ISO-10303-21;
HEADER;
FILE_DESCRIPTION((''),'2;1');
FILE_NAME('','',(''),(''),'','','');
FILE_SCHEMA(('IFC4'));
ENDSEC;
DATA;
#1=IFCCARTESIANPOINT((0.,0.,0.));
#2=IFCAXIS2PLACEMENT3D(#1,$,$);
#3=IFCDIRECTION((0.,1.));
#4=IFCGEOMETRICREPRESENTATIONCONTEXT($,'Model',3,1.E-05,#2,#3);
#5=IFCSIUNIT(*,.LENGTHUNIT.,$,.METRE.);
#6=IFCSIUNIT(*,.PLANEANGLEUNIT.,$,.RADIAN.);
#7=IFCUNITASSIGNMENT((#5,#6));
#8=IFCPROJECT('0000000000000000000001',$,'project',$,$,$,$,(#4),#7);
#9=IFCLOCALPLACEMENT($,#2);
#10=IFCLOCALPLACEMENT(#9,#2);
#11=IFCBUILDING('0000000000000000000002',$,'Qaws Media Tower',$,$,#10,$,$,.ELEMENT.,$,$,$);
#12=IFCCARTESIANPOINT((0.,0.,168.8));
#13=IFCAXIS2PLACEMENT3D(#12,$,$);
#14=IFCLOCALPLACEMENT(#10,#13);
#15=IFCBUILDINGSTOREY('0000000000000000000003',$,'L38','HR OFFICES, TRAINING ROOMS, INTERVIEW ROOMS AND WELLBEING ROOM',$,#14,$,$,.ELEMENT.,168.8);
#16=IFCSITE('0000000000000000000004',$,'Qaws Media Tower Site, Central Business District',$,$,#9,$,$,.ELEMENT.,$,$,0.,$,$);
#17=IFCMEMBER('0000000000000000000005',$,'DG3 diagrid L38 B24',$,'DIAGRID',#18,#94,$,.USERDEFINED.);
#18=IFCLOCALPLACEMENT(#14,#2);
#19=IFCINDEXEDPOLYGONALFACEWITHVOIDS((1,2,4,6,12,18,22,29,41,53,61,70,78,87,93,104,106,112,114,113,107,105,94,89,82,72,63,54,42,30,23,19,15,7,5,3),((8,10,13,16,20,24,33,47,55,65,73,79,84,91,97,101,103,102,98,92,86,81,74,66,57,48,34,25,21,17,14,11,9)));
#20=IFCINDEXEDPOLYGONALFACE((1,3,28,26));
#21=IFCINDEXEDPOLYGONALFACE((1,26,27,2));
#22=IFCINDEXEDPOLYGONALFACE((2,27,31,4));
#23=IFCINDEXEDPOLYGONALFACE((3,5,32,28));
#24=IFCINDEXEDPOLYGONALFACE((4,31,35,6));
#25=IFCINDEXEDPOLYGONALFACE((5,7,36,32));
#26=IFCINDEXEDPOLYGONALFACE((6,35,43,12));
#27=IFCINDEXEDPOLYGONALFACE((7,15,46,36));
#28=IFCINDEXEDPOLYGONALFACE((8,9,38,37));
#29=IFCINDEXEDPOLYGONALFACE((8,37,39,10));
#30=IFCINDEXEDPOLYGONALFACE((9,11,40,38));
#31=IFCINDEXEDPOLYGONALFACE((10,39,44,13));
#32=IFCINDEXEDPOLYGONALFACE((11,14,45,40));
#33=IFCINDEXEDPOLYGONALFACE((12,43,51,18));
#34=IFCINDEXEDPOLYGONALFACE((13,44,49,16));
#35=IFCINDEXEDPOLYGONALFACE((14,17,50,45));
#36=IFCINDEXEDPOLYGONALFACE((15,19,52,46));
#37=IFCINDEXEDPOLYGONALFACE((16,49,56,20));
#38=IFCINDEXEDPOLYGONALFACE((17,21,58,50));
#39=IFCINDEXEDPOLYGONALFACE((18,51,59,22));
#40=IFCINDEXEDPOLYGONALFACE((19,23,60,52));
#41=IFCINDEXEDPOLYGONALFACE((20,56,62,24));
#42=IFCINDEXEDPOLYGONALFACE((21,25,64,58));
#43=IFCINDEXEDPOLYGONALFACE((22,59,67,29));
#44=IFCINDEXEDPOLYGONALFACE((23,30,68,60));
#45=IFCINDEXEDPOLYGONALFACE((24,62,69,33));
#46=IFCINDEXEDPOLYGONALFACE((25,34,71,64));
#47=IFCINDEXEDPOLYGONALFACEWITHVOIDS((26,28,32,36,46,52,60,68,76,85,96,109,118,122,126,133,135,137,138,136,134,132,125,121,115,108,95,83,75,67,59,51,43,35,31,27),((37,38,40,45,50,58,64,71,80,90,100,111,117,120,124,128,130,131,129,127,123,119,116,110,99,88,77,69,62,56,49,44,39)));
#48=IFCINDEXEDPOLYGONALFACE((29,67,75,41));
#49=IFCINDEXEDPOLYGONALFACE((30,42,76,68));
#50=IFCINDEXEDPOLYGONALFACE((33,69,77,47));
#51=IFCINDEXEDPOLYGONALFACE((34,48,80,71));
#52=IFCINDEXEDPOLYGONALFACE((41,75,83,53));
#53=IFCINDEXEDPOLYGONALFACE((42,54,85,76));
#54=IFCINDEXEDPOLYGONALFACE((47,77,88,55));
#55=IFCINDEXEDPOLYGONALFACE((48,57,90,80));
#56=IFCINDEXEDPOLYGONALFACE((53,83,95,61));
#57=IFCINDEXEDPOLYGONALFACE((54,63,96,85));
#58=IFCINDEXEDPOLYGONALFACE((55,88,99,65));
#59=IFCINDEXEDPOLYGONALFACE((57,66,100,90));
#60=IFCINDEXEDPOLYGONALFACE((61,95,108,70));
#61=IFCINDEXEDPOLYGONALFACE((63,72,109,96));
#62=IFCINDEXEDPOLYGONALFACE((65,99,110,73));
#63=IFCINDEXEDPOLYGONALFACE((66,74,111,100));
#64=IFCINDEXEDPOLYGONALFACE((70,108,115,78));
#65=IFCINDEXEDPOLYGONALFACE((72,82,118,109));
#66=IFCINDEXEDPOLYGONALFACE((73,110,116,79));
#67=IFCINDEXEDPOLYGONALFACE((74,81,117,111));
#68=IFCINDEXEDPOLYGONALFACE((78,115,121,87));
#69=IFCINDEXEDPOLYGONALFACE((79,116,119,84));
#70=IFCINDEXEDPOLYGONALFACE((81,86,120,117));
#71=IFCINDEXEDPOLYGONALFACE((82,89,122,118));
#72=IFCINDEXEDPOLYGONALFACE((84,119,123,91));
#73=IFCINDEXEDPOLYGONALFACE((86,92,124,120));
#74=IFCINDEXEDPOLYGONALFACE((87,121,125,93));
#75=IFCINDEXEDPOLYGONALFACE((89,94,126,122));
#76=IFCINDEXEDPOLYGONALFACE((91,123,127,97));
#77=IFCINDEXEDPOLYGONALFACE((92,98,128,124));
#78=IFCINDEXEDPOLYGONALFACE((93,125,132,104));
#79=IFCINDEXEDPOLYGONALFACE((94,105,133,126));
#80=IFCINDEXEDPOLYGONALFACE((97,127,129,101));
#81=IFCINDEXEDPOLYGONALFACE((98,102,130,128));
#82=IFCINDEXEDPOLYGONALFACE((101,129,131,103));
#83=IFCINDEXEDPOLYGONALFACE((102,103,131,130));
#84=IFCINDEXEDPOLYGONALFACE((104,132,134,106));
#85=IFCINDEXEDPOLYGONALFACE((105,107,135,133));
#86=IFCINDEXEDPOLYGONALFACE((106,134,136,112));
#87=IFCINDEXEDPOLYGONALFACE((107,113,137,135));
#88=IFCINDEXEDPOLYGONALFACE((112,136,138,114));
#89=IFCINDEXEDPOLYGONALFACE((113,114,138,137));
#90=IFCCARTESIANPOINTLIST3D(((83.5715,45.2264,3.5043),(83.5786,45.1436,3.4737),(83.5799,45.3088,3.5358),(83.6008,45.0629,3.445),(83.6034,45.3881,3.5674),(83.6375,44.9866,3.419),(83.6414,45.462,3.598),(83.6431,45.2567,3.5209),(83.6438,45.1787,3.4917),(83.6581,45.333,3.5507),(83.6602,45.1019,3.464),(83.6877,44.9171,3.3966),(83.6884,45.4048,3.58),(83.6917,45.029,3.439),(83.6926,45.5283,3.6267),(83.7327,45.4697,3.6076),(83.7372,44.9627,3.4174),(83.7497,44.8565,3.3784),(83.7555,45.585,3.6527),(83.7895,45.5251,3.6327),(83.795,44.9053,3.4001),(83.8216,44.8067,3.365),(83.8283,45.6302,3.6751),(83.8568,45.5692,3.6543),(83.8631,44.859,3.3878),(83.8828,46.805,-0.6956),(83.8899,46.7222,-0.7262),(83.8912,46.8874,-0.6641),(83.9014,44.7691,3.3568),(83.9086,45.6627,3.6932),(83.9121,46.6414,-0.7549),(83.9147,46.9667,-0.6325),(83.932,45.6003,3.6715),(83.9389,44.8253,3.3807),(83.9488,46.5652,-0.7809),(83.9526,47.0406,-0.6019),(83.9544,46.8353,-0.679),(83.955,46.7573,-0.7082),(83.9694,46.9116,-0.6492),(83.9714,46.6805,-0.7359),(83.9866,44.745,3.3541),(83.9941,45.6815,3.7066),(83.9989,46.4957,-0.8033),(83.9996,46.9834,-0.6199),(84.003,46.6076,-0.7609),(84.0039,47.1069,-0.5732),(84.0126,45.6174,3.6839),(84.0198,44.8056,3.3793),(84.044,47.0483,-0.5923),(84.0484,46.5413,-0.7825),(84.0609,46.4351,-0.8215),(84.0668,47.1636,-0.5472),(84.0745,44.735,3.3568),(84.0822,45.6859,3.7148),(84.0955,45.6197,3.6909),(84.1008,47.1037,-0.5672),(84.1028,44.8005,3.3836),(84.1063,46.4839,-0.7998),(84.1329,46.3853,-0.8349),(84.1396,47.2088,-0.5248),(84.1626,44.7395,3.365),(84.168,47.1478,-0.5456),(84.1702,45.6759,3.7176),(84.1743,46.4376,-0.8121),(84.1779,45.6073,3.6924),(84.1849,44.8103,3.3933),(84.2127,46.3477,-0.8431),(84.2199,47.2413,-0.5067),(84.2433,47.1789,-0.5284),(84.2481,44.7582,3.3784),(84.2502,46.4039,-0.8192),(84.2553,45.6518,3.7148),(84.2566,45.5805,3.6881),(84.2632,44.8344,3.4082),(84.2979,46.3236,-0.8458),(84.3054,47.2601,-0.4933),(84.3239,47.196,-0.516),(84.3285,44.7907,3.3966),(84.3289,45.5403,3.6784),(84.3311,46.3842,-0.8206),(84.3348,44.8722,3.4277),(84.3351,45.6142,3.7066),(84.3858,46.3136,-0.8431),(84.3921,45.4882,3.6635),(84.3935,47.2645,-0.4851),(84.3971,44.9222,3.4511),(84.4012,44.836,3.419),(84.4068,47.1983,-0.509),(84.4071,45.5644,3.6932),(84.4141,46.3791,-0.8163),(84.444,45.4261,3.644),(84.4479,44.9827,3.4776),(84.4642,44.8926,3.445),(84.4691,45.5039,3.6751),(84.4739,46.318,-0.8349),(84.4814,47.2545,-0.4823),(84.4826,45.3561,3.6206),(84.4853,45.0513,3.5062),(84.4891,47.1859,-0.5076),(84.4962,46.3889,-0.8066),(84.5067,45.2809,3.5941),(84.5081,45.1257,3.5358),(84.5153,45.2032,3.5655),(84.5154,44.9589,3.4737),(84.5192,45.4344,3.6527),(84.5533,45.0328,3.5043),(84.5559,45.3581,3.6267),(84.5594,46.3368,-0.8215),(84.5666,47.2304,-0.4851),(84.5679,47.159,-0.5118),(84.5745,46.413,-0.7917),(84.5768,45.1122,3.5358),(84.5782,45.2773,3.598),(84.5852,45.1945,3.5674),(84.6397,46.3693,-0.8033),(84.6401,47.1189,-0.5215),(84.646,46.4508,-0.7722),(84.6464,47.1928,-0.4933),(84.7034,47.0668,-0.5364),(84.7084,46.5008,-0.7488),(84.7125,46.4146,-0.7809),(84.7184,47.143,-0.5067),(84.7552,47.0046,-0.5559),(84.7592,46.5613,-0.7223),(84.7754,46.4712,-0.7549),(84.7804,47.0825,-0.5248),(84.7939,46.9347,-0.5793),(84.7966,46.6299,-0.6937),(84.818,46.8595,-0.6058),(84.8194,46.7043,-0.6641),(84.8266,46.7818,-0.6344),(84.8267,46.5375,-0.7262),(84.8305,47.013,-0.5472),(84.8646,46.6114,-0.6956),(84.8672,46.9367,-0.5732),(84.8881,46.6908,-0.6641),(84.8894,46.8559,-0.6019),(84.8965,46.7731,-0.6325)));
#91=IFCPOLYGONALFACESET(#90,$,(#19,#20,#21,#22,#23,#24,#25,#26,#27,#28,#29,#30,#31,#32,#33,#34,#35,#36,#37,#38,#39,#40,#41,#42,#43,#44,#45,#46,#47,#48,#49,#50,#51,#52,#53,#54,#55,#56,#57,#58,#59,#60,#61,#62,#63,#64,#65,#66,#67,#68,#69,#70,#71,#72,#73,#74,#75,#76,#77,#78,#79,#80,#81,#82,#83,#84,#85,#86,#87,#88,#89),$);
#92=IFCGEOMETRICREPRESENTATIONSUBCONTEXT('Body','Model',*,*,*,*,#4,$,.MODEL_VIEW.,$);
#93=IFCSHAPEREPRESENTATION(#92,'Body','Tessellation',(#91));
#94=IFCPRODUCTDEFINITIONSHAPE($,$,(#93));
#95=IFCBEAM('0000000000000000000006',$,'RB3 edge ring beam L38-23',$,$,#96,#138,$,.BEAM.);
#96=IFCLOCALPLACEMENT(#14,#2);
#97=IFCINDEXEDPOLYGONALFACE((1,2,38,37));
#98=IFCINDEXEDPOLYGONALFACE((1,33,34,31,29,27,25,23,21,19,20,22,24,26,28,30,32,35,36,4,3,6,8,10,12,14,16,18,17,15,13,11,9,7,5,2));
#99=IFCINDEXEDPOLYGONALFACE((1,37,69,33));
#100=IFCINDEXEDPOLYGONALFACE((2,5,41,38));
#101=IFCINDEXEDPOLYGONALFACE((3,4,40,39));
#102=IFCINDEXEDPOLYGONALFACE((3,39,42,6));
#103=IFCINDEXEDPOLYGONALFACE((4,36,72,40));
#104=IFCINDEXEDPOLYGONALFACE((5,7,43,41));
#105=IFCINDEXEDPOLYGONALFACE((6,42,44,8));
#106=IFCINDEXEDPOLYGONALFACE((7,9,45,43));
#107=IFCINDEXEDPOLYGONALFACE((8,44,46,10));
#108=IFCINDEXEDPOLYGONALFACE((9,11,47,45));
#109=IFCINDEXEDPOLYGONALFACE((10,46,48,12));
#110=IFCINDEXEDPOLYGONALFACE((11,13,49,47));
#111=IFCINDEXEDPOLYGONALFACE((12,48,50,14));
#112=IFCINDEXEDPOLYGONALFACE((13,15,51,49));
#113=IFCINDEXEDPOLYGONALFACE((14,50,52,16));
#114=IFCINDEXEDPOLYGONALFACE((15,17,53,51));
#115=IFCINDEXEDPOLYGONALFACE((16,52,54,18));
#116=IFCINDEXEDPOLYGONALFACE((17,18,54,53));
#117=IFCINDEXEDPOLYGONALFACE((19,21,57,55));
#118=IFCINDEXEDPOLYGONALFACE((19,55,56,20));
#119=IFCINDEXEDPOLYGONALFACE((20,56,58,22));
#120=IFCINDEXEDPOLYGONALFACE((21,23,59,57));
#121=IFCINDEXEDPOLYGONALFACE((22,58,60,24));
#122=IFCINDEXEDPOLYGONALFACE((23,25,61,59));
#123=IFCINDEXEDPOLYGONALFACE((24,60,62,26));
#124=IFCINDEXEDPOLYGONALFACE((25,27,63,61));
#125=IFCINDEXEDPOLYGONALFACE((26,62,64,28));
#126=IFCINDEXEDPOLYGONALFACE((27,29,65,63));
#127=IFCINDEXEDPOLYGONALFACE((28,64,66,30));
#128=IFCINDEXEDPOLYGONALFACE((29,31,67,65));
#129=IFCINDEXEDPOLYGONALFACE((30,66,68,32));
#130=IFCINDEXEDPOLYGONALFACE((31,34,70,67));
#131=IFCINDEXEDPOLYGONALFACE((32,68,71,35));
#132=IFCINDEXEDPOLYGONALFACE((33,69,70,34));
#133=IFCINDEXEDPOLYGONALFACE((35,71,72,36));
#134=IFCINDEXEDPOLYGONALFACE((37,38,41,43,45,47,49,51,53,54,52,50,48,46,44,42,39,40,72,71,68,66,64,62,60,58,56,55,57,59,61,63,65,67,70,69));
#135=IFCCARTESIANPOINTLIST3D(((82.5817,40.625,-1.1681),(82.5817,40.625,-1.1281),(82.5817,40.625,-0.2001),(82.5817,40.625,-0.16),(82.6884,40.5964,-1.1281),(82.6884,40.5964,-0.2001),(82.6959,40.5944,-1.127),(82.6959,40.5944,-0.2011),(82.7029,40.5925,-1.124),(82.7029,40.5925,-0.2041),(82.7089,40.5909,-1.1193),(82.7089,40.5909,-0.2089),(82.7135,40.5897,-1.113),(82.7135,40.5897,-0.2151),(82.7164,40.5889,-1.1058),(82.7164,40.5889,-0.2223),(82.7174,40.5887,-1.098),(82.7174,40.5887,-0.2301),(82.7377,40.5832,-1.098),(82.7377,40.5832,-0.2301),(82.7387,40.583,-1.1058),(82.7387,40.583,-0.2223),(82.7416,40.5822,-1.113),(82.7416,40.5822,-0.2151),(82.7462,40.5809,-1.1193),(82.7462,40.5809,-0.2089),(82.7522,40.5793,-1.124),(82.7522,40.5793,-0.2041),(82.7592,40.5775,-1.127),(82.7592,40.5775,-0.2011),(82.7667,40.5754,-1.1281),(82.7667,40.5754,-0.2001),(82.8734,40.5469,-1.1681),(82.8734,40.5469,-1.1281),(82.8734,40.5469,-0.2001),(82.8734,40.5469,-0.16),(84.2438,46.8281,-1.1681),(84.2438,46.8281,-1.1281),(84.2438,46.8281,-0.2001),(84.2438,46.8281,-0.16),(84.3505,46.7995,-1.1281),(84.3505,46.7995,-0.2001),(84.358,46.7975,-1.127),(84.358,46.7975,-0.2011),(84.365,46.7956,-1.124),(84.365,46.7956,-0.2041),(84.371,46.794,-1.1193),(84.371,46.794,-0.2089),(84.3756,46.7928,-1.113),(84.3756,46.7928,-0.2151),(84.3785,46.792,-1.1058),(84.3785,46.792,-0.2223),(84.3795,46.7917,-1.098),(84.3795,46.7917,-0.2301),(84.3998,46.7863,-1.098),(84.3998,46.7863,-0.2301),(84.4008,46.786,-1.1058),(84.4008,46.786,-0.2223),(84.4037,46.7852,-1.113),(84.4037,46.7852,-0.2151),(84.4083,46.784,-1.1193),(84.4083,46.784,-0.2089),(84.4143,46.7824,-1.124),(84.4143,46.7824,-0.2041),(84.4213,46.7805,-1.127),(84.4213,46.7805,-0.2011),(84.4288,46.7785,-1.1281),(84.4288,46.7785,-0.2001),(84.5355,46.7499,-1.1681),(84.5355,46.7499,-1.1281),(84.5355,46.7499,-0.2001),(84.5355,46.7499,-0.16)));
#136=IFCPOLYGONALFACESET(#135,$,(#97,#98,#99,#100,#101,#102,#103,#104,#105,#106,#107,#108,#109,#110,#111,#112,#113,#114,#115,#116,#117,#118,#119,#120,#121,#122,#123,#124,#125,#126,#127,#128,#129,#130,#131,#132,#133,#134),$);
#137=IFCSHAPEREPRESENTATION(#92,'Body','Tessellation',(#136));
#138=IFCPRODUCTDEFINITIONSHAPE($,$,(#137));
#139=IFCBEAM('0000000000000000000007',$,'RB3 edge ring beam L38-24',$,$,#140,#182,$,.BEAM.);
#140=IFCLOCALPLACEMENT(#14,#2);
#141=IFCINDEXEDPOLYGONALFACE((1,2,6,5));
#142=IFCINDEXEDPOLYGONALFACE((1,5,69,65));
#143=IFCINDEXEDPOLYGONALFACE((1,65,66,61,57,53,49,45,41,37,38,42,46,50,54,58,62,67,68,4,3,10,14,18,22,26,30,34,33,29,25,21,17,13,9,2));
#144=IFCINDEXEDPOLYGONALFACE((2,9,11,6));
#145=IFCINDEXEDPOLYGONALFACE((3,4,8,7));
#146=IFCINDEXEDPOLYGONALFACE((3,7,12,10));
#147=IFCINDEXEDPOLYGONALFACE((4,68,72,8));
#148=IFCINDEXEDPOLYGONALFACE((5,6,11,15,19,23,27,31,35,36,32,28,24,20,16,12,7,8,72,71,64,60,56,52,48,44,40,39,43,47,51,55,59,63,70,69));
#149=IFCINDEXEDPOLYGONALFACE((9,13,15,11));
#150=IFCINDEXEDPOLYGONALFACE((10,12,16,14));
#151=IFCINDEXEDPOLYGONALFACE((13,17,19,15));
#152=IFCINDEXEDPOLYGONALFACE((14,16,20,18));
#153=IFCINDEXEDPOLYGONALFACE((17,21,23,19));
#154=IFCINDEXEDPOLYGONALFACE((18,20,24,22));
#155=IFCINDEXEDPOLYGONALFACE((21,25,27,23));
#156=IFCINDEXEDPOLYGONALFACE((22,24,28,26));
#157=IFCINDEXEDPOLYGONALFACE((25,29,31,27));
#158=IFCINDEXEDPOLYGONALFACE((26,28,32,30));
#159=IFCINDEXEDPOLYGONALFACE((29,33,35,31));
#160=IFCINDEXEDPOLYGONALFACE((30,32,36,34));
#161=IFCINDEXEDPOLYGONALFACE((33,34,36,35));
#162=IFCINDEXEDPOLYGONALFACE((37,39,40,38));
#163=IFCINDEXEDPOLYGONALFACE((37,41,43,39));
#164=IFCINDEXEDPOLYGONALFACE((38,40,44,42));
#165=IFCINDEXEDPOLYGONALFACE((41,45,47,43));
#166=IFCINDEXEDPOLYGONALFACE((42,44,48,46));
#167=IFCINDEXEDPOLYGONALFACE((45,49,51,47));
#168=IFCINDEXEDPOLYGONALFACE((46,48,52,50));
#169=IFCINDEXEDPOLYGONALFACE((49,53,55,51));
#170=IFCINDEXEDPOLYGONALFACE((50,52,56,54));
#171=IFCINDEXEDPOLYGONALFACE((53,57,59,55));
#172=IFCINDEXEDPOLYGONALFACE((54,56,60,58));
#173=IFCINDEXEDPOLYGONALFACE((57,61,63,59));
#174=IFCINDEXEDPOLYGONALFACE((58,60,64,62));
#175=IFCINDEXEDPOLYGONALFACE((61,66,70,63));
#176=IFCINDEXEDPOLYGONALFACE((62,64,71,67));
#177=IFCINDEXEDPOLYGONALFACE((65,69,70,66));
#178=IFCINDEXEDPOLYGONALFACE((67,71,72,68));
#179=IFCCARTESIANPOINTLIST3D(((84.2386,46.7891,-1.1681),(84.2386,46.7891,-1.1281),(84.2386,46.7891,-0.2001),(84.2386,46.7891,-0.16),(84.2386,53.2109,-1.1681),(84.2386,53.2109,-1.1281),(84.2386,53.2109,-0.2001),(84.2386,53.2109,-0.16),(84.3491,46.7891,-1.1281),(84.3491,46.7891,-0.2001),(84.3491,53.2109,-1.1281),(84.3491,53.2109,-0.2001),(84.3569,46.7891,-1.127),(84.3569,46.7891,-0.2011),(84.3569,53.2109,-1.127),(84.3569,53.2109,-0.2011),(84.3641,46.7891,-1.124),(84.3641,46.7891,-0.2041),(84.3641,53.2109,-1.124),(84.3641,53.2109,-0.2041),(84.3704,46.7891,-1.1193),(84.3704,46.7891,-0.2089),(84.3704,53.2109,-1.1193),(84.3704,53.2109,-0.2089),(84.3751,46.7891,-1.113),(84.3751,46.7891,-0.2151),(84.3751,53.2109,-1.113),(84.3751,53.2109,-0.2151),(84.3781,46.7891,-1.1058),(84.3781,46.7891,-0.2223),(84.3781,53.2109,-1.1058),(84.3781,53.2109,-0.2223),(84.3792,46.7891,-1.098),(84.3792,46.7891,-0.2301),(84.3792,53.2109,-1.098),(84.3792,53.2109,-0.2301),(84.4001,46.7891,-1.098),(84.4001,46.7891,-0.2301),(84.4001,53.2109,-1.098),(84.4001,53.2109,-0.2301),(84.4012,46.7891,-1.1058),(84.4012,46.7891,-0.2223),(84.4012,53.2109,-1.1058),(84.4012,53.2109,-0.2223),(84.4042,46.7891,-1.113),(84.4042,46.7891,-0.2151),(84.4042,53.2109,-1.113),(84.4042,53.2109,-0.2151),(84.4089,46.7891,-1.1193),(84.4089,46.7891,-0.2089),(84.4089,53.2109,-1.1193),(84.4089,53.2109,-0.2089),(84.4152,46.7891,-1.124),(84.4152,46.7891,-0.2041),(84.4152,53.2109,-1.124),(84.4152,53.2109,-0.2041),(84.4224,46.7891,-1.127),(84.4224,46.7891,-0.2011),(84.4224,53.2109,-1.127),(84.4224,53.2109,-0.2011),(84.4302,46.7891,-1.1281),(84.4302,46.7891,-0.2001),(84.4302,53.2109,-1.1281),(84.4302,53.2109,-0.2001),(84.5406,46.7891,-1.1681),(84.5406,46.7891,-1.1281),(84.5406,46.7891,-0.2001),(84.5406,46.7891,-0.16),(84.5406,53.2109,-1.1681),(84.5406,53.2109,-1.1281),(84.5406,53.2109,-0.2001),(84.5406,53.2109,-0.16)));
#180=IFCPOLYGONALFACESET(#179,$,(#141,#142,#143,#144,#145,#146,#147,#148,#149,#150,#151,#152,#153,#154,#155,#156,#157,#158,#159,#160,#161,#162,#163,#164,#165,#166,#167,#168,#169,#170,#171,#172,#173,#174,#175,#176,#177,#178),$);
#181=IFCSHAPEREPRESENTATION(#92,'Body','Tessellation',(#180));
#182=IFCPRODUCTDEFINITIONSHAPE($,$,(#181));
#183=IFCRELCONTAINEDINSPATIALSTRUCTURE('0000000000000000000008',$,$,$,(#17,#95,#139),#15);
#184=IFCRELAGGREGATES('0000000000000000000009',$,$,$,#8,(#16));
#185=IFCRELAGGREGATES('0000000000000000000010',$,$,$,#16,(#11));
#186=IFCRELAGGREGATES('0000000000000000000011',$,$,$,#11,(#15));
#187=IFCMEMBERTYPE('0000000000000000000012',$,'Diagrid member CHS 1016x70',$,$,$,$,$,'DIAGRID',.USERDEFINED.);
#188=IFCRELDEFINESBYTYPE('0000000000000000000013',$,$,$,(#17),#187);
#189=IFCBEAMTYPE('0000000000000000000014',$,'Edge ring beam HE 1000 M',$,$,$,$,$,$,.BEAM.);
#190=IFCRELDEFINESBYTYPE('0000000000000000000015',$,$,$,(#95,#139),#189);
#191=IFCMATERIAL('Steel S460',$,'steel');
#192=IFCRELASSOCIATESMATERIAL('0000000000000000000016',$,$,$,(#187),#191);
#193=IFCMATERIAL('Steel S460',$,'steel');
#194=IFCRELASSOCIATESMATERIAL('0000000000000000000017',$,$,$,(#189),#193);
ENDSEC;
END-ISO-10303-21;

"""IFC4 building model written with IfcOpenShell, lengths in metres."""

from ifc_helpers import new_model, si_unit, direction, frame, origin, origin_2d, place, context, subcontext, project, spatial, hollow_circle, i_section, extrude, material, material_profile, profile_set, type_object, element, save


model = new_model("IFC4")

# Units and contexts
model_context = context("Model", 3, precision=1e-05, world=origin(), true_north=direction((0.0, 1.0)))
body_context = subcontext(model_context, "Body", "Model", "MODEL_VIEW")
ifc_project = project(units=[si_unit("LENGTHUNIT", "METRE"), si_unit("PLANEANGLEUNIT", "RADIAN")], contexts=[model_context])

# Site, building, storey
site_placement = place(None, origin())
site = spatial("IfcSite", under=ifc_project, at=site_placement, Name="Qaws Media Tower Site, Central Business District", CompositionType="ELEMENT", RefElevation=0.0)
building_placement = place(site_placement, origin())
building = spatial("IfcBuilding", under=site, at=building_placement, Name="Qaws Media Tower", CompositionType="ELEMENT")
storey_placement = place(building_placement, frame((0.0, 0.0, 168.8)))
storey = spatial("IfcBuildingStorey", under=building, at=storey_placement, Name="L38", Description="HR OFFICES, TRAINING ROOMS, INTERVIEW ROOMS AND WELLBEING ROOM", CompositionType="ELEMENT", Elevation=168.8)

# Member
ifc_material_1 = material(Name="Steel S460", Category="steel")
ifc_material_profile_1 = material_profile(ifc_material_1, hollow_circle(Radius=0.5081, WallThickness=0.0701, at=origin_2d()), Name="CHS 1016x70")
ifc_profile_set_1 = profile_set([ifc_material_profile_1], Name="Steel S460")
member_type_1 = type_object("IfcMemberType", Name="Diagrid member CHS 1016x70", ElementType="DIAGRID", PredefinedType="USERDEFINED", material=ifc_profile_set_1)
for number, where, z_axis, x_axis, name in (
    (1, (84.3896, 46.7891, -0.6641), (-0.06921, -0.350989, 0.933818), (0.981108, -0.19346, 0.0), "DG3 diagrid L38 B24"),
):
    element("IfcMember", number, at=place(storey_placement, frame(where, z_axis=z_axis, x_axis=x_axis)), inside=storey, type_object=member_type_1, Name=name, ObjectType="DIAGRID", PredefinedType="USERDEFINED", context=body_context, shape_type="SweptSolid", body=[
        extrude(hollow_circle(Radius=0.5081, WallThickness=0.0701, at=origin_2d()), origin(), (0.0, 0.0, 1.0), 4.4976),
    ])

# Beams
ifc_material_2 = material(Name="Steel S460", Category="steel")
ifc_material_profile_2 = material_profile(ifc_material_2, i_section(OverallWidth=0.302, OverallDepth=1.0081, WebThickness=0.021, FlangeThickness=0.04, FilletRadius=0.03, at=origin_2d()), Name="HE 1000 M")
ifc_profile_set_2 = profile_set([ifc_material_profile_2], Name="Steel S460")
beam_type_1 = type_object("IfcBeamType", Name="Edge ring beam HE 1000 M", PredefinedType="BEAM", material=ifc_profile_set_2)
for number, where, z_axis, x_axis, name in (
    (2, (82.7275, 40.5859, -0.6641), (0.258817, 0.965926, 0.0), (-0.965926, 0.258817, 0.0), "RB3 edge ring beam L38-23"),
    (3, (84.3896, 46.7891, -0.6641), (0.0, 1.0, 0.0), (-1.0, 0.0, 0.0), "RB3 edge ring beam L38-24"),
):
    element("IfcBeam", number, at=place(storey_placement, frame(where, z_axis=z_axis, x_axis=x_axis)), inside=storey, type_object=beam_type_1, Name=name, PredefinedType="BEAM", context=body_context, shape_type="SweptSolid", body=[
        extrude(i_section(OverallWidth=0.302, OverallDepth=1.0081, WebThickness=0.021, FlangeThickness=0.04, FilletRadius=0.03, at=origin_2d()), origin(), (0.0, 0.0, 1.0), 6.4219),
    ])

save(model, "model.ifc")
